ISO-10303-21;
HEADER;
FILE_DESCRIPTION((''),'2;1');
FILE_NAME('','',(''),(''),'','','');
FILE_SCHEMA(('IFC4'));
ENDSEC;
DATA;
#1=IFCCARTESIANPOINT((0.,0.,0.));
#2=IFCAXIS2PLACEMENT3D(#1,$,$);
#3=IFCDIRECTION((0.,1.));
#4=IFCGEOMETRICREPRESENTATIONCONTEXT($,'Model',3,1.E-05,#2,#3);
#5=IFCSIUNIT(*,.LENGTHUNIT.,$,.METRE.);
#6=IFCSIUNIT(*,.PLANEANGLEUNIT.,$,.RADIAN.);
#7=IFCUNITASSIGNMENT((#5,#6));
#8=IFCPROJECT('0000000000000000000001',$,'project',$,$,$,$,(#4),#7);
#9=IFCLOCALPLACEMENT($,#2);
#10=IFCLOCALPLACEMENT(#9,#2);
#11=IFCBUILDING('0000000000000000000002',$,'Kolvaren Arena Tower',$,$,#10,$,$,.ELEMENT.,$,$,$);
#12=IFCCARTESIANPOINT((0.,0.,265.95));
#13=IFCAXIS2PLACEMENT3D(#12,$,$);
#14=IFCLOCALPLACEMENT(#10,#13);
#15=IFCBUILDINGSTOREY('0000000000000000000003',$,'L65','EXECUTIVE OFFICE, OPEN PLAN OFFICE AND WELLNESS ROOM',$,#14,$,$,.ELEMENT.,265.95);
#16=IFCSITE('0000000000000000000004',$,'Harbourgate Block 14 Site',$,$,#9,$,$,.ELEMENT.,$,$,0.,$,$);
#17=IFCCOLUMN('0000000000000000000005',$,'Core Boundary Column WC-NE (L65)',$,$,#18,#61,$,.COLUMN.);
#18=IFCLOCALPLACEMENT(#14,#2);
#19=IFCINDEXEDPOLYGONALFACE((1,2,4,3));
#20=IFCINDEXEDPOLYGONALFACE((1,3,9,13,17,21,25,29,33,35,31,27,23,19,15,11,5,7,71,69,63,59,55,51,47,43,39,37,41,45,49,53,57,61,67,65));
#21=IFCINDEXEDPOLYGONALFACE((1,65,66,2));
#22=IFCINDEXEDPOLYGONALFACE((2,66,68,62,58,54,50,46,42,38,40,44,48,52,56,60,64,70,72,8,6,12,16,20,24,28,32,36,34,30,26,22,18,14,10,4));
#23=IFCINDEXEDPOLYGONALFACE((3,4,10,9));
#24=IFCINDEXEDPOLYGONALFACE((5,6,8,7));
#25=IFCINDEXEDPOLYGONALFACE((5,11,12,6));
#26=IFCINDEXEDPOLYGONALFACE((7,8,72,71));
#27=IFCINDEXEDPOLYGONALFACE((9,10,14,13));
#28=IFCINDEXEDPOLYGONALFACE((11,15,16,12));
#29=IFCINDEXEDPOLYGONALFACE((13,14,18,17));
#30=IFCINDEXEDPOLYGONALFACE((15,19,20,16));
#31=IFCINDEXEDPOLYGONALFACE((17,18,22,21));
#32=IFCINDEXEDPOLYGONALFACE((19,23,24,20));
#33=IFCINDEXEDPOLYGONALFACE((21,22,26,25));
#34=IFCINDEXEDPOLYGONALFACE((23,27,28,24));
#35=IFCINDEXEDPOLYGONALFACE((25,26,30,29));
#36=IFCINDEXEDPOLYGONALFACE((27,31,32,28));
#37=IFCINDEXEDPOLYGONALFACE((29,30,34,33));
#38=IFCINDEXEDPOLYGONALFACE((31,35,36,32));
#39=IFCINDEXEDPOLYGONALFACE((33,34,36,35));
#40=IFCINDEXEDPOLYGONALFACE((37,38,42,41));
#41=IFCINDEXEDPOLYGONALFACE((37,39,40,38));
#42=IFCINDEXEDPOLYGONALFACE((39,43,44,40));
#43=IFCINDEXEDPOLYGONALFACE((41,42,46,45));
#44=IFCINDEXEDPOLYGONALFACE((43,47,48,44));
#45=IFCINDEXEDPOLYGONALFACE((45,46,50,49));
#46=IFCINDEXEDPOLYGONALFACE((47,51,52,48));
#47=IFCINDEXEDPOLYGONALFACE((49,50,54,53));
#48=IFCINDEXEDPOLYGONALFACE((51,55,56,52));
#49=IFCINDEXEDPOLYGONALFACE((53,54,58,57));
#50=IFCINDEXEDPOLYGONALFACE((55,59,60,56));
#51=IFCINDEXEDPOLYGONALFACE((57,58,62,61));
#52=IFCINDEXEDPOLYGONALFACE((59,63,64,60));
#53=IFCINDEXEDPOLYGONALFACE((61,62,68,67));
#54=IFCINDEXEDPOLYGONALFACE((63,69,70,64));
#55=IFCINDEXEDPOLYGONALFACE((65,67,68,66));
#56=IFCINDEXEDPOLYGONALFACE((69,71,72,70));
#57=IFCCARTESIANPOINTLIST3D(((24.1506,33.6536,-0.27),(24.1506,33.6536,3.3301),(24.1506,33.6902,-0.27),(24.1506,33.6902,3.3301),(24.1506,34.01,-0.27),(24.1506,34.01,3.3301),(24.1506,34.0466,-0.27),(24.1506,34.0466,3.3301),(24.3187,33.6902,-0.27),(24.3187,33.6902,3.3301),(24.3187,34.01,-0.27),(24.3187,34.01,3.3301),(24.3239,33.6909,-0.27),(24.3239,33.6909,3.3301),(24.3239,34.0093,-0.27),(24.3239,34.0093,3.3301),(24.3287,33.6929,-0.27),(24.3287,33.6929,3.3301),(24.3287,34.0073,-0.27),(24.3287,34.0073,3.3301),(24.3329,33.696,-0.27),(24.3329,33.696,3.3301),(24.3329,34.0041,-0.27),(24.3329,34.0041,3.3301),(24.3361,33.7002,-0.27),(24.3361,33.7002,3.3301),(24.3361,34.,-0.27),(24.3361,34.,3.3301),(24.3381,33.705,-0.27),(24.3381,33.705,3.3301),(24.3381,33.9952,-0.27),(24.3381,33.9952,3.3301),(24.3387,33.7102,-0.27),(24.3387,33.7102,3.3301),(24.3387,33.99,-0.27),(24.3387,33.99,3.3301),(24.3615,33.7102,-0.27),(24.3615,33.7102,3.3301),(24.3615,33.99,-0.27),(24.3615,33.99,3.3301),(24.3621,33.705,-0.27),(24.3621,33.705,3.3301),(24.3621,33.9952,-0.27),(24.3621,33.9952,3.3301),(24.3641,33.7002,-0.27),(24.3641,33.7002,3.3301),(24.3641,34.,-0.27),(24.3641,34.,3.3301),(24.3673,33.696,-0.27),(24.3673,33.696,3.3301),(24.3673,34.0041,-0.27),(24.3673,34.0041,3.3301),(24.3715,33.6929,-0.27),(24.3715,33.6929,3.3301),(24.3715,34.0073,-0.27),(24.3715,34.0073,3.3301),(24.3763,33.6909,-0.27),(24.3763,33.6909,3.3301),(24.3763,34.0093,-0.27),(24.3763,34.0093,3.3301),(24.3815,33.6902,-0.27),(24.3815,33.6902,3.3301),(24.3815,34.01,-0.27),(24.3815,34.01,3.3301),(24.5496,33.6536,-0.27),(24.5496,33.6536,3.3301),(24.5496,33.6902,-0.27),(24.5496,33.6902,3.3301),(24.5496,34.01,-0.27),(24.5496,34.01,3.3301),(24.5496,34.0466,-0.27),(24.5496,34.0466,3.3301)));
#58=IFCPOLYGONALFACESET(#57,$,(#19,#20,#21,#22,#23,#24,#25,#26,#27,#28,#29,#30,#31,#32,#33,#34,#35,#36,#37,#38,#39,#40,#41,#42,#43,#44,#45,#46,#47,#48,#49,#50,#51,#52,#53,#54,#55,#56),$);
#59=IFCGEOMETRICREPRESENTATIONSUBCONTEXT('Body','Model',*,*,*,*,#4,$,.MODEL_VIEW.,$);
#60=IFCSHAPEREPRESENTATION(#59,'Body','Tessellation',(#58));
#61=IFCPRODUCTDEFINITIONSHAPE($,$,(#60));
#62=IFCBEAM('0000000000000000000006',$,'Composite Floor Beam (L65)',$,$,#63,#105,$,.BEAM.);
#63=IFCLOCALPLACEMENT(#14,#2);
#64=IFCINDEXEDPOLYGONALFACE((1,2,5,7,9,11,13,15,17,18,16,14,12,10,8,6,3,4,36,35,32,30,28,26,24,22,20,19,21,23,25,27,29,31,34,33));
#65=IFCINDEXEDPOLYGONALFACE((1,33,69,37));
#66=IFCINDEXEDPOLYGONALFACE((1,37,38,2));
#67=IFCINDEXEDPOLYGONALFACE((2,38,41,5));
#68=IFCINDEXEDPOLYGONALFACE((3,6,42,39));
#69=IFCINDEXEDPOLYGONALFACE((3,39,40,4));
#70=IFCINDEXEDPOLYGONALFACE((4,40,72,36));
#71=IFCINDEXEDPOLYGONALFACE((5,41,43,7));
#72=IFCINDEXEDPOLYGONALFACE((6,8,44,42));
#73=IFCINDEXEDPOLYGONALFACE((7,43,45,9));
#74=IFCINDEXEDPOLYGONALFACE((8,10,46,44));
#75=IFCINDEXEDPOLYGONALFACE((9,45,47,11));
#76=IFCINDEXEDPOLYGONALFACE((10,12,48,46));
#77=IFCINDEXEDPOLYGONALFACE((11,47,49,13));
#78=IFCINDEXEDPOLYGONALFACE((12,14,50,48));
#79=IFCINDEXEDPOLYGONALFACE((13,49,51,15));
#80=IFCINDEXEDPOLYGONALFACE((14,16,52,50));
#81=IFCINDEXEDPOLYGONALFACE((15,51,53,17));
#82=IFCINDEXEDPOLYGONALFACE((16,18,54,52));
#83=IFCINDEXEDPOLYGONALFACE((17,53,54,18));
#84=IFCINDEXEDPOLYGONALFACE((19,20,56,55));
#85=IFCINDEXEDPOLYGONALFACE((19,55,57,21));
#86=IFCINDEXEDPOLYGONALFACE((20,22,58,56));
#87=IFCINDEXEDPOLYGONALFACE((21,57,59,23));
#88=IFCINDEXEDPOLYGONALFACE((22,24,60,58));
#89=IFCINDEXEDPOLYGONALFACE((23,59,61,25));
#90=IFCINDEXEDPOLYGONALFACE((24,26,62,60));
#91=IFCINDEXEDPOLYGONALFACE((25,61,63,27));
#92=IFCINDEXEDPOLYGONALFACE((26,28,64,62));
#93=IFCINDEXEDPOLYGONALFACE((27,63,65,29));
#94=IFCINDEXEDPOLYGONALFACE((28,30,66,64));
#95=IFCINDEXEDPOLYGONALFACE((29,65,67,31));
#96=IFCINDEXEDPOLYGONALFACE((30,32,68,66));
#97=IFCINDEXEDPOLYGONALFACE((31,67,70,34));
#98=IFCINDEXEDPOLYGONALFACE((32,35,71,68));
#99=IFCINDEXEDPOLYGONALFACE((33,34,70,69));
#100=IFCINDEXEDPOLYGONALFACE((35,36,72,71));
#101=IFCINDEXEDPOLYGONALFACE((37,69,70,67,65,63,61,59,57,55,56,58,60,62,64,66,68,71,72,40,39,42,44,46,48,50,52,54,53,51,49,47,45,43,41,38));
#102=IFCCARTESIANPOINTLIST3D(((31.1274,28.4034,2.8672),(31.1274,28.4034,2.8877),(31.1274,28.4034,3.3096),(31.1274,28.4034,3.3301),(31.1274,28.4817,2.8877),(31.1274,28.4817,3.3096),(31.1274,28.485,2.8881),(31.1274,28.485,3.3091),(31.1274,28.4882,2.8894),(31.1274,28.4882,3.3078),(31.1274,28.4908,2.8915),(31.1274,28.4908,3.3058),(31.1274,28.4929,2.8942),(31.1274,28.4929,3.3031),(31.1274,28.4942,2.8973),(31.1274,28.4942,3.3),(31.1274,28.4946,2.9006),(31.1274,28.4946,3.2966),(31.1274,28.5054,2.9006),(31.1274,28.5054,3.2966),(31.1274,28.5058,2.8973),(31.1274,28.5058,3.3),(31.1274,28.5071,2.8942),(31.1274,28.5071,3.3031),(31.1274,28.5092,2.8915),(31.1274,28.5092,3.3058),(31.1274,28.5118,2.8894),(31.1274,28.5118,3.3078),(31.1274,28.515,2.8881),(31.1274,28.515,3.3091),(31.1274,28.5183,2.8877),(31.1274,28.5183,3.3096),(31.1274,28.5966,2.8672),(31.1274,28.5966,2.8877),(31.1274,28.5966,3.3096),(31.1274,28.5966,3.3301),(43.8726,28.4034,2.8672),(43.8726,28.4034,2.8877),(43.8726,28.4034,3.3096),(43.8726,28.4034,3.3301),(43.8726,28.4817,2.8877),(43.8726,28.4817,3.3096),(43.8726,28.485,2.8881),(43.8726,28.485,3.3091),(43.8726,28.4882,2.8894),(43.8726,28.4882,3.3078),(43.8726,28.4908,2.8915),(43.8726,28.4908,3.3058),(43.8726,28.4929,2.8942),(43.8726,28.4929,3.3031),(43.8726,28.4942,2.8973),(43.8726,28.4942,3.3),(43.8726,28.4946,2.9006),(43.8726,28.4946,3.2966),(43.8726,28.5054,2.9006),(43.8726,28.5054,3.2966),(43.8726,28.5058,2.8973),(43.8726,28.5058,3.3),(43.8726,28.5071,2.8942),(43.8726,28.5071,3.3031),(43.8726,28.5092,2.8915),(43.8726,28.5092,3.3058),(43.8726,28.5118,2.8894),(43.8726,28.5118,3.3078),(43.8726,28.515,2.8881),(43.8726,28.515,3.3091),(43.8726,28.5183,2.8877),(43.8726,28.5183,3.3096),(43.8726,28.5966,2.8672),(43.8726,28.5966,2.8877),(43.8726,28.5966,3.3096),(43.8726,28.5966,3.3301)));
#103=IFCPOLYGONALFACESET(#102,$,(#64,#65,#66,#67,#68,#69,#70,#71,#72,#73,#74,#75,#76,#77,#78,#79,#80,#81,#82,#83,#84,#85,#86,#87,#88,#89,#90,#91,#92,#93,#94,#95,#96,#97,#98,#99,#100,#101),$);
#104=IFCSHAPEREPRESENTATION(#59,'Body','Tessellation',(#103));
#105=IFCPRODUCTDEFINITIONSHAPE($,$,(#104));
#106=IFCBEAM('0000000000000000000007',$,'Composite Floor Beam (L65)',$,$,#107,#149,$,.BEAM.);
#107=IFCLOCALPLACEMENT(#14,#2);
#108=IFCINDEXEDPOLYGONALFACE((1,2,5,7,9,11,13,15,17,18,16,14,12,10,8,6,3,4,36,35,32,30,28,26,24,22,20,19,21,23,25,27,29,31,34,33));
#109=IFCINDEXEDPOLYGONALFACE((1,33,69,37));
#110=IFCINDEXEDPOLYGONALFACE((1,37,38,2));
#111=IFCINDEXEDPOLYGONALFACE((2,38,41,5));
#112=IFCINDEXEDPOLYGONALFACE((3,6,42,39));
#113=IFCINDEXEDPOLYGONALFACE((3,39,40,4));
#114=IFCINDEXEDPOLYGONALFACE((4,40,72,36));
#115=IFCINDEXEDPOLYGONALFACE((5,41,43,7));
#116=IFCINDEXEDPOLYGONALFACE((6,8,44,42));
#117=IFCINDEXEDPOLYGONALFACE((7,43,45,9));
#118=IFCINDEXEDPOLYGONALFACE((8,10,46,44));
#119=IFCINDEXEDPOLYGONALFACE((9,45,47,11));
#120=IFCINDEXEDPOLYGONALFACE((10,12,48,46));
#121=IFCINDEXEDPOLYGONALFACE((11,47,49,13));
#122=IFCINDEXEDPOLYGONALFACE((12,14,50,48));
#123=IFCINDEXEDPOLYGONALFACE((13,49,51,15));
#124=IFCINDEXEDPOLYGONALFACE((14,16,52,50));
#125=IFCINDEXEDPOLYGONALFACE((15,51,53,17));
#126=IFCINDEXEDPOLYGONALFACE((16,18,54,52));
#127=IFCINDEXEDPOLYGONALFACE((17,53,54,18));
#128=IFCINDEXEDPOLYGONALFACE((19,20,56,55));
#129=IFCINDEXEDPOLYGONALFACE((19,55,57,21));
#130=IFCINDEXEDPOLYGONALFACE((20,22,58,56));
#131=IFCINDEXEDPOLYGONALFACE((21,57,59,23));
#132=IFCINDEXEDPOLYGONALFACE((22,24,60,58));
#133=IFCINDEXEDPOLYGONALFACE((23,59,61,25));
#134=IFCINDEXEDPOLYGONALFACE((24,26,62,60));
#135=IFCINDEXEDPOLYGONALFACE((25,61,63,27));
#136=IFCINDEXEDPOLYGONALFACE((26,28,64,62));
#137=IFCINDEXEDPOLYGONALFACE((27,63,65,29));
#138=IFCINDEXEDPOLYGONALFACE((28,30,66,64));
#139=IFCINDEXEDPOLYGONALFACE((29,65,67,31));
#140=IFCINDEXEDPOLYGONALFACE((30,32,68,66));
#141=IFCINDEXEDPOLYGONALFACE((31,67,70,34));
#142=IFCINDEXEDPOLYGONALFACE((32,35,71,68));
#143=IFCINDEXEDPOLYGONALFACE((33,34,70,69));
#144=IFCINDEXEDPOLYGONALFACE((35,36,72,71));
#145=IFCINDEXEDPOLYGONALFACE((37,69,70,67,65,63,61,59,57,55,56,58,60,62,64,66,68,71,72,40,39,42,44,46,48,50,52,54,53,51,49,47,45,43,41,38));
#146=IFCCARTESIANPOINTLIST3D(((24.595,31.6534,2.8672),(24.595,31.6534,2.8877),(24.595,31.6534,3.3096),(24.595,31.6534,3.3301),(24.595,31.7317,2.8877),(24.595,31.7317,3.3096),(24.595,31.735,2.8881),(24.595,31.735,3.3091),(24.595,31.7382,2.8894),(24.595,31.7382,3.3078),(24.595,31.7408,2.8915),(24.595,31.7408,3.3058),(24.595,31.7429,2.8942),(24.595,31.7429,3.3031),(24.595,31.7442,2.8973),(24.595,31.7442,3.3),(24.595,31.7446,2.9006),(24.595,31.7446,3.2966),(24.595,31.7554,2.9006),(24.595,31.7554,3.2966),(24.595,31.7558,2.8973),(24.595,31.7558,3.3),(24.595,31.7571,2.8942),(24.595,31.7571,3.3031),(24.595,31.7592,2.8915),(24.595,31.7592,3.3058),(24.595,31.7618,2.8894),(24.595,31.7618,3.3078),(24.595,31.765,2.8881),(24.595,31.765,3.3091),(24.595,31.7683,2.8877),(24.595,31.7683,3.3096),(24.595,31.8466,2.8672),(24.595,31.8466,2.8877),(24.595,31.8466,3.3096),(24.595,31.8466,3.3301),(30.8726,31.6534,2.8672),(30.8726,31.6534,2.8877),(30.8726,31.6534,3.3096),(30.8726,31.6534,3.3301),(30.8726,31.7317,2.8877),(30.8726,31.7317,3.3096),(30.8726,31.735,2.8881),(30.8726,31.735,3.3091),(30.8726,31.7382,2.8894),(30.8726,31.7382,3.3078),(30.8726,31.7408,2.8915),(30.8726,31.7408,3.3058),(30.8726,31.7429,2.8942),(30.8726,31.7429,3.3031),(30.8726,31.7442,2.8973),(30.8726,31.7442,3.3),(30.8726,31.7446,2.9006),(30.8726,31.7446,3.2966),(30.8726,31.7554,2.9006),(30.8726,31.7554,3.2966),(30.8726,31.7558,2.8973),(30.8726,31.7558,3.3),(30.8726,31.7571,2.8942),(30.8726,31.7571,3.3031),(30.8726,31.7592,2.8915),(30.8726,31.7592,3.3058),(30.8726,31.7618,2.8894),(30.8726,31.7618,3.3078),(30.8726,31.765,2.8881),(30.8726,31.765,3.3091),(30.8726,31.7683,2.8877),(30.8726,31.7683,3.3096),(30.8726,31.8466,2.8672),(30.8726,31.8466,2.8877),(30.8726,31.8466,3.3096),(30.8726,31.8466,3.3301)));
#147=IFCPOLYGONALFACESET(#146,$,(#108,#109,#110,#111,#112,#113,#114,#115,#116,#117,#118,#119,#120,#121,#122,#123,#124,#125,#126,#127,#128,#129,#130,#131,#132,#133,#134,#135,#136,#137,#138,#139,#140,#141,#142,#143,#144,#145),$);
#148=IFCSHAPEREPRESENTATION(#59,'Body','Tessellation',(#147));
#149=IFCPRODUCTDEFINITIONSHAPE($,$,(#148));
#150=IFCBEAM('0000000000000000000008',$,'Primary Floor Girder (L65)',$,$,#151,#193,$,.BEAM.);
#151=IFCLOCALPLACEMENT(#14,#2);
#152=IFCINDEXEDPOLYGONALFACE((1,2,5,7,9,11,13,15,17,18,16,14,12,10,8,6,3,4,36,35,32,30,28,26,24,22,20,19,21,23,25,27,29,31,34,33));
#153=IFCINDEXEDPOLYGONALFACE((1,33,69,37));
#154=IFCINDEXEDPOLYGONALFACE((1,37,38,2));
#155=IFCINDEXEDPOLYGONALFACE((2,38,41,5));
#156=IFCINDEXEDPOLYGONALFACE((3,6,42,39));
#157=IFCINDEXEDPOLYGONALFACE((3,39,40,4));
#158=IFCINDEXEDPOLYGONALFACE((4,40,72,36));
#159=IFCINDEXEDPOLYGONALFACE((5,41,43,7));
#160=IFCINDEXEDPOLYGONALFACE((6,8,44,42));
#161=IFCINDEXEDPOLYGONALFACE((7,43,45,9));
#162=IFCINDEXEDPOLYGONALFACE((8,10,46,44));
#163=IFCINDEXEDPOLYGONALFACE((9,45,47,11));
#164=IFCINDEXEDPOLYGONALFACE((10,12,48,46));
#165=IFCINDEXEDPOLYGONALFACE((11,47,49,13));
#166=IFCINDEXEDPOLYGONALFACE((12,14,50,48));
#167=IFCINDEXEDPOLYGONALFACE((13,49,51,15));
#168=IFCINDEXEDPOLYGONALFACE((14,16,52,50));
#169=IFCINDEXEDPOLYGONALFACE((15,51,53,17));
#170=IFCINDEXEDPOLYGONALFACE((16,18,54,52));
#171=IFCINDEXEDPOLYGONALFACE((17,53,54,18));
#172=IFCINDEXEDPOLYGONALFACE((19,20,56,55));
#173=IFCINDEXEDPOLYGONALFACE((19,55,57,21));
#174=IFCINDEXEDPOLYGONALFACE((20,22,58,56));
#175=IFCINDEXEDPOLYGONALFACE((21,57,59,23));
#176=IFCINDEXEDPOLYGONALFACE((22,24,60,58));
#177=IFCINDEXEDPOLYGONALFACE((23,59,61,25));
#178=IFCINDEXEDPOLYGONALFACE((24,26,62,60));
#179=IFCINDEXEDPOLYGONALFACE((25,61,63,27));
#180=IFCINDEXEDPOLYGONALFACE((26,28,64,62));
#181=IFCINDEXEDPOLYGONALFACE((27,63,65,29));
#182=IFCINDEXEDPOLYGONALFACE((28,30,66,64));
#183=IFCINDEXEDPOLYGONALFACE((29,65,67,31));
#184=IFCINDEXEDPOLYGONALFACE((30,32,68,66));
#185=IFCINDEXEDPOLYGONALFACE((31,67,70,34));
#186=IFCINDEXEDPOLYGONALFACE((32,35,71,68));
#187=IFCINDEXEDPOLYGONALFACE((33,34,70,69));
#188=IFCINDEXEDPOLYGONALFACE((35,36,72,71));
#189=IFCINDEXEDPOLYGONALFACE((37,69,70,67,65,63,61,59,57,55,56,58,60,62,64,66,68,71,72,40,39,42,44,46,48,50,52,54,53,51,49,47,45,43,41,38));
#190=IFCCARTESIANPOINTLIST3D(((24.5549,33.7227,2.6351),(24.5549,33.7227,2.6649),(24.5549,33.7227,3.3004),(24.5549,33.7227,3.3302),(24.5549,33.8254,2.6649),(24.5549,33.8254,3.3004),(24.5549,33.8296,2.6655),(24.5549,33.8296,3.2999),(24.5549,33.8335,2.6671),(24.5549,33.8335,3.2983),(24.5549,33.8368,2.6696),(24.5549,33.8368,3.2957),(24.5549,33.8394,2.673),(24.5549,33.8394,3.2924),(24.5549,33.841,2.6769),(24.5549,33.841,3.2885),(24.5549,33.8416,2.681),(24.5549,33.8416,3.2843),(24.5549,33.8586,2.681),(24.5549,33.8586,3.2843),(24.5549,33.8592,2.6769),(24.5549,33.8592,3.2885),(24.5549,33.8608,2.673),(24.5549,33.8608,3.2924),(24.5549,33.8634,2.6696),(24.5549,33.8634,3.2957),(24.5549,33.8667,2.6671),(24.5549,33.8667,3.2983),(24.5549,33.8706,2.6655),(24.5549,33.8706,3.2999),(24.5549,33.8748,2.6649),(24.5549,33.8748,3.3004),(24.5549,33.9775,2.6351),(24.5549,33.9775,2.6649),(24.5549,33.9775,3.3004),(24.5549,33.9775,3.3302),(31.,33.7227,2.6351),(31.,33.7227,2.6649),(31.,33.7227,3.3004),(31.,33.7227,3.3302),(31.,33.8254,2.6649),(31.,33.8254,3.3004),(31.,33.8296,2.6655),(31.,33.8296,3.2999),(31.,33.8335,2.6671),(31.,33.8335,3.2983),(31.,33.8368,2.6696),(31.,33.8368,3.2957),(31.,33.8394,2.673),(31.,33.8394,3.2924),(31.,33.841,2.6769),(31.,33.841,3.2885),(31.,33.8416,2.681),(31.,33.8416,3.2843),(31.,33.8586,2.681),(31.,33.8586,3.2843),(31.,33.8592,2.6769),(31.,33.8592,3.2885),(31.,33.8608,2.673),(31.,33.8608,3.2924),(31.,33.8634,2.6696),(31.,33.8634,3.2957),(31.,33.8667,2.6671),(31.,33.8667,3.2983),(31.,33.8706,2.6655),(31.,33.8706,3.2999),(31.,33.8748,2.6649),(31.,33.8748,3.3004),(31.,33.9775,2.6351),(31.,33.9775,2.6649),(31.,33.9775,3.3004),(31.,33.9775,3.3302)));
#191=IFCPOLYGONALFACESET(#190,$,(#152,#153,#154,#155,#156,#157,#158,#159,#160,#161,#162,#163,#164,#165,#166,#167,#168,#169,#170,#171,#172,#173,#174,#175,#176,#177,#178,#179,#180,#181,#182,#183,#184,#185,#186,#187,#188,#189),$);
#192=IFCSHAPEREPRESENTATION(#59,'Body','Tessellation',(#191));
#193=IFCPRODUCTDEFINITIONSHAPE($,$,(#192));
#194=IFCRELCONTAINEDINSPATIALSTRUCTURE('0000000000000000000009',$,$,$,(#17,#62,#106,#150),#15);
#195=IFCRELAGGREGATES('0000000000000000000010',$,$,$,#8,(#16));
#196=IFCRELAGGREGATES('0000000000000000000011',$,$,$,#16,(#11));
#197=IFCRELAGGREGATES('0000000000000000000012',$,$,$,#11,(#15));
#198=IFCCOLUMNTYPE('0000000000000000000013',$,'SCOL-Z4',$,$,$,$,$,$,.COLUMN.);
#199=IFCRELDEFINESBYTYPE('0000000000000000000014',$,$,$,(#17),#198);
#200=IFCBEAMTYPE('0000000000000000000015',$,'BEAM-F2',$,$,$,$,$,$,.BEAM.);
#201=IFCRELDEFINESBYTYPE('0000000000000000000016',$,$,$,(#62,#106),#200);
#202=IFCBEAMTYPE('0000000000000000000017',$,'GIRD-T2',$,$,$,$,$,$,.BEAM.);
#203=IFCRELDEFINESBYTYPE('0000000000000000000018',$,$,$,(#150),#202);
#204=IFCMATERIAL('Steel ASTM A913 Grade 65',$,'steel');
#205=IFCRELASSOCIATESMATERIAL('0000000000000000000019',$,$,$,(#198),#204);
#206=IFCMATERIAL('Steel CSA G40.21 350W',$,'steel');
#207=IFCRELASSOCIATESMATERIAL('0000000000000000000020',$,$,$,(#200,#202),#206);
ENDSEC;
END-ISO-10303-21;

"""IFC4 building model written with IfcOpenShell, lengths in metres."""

from ifc_helpers import new_model, si_unit, direction, frame, origin, origin_2d, place, context, subcontext, project, spatial, i_section, extrude, material, material_profile, profile_set, type_object, element, save


model = new_model("IFC4")

# Units and contexts
model_context = context("Model", 3, precision=1e-05, world=origin(), true_north=direction((0.0, 1.0)))
body_context = subcontext(model_context, "Body", "Model", "MODEL_VIEW")
ifc_project = project(units=[si_unit("LENGTHUNIT", "METRE"), si_unit("PLANEANGLEUNIT", "RADIAN")], contexts=[model_context])

# Site, building, storey
site_placement = place(None, origin())
site = spatial("IfcSite", under=ifc_project, at=site_placement, Name="Harbourgate Block 14 Site", CompositionType="ELEMENT", RefElevation=0.0)
building_placement = place(site_placement, origin())
building = spatial("IfcBuilding", under=site, at=building_placement, Name="Kolvaren Arena Tower", CompositionType="ELEMENT")
storey_placement = place(building_placement, frame((0.0, 0.0, 265.95)))
storey = spatial("IfcBuildingStorey", under=building, at=storey_placement, Name="L65", Description="EXECUTIVE OFFICE, OPEN PLAN OFFICE AND WELLNESS ROOM", CompositionType="ELEMENT", Elevation=265.95)

# Column
ifc_material_1 = material(Name="Steel ASTM A913 Grade 65", Category="steel")
ifc_material_profile_1 = material_profile(ifc_material_1, i_section(OverallWidth=0.3989, OverallDepth=0.3931, WebThickness=0.0227, FlangeThickness=0.0366, FilletRadius=0.02, at=origin_2d()), Name="W360x287")
ifc_profile_set_1 = profile_set([ifc_material_profile_1], Name="Steel ASTM A913 Grade 65")
column_type = type_object("IfcColumnType", Name="SCOL-Z4", PredefinedType="COLUMN", material=ifc_profile_set_1)
column_placement = place(storey_placement, frame((24.3501, 33.8501, -0.27), z_axis=(0.0, 0.0, 1.0), x_axis=(1.0, 0.0, 0.0)))
element("IfcColumn", 1, at=column_placement, inside=storey, type_object=column_type, Name="Core Boundary Column WC-NE (L65)", PredefinedType="COLUMN", context=body_context, shape_type="SweptSolid", body=[
    extrude(i_section(OverallWidth=0.3989, OverallDepth=0.3931, WebThickness=0.0227, FlangeThickness=0.0366, FilletRadius=0.02, at=origin_2d()), origin(), (0.0, 0.0, 1.0), 3.6001),
])

# Beams
ifc_material_2 = material(Name="Steel CSA G40.21 350W", Category="steel")
ifc_material_profile_2 = material_profile(ifc_material_2, i_section(OverallWidth=0.1931, OverallDepth=0.4629, WebThickness=0.0107, FlangeThickness=0.0205, FilletRadius=0.0129, at=origin_2d()), Name="W460x113")
ifc_profile_set_2 = profile_set([ifc_material_profile_2], Name="Steel CSA G40.21 350W")
beam_type_1 = type_object("IfcBeamType", Name="BEAM-F2", PredefinedType="BEAM", material=ifc_profile_set_2)
beam_1_placement = place(storey_placement, frame((31.1274, 28.5, 3.0986), z_axis=(1.0, 0.0, 0.0), x_axis=(0.0, 1.0, 0.0)))
element("IfcBeam", 2, at=beam_1_placement, inside=storey, type_object=beam_type_1, Name="Composite Floor Beam (L65)", PredefinedType="BEAM", context=body_context, shape_type="SweptSolid", body=[
    extrude(i_section(OverallWidth=0.1931, OverallDepth=0.4629, WebThickness=0.0107, FlangeThickness=0.0205, FilletRadius=0.0129, at=origin_2d()), origin(), (0.0, 0.0, 1.0), 12.7451),
])
beam_2_placement = place(storey_placement, frame((24.595, 31.75, 3.0986), z_axis=(1.0, 0.0, 0.0), x_axis=(0.0, 1.0, 0.0)))
element("IfcBeam", 3, at=beam_2_placement, inside=storey, type_object=beam_type_1, Name="Composite Floor Beam (L65)", PredefinedType="BEAM", context=body_context, shape_type="SweptSolid", body=[
    extrude(i_section(OverallWidth=0.1931, OverallDepth=0.4629, WebThickness=0.0107, FlangeThickness=0.0205, FilletRadius=0.0129, at=origin_2d()), origin(), (0.0, 0.0, 1.0), 6.2776),
])
ifc_material_profile_3 = material_profile(ifc_material_2, i_section(OverallWidth=0.2549, OverallDepth=0.6951, WebThickness=0.0171, FlangeThickness=0.0298, FilletRadius=0.0161, at=origin_2d()), Name="W690x217")
ifc_profile_set_3 = profile_set([ifc_material_profile_3], Name="Steel CSA G40.21 350W")
beam_type_2 = type_object("IfcBeamType", Name="GIRD-T2", PredefinedType="BEAM", material=ifc_profile_set_3)
beam_3_placement = place(storey_placement, frame((24.5549, 33.8501, 2.9827), z_axis=(1.0, 0.0, 0.0), x_axis=(0.0, 1.0, 0.0)))
element("IfcBeam", 4, at=beam_3_placement, inside=storey, type_object=beam_type_2, Name="Primary Floor Girder (L65)", PredefinedType="BEAM", context=body_context, shape_type="SweptSolid", body=[
    extrude(i_section(OverallWidth=0.2549, OverallDepth=0.6951, WebThickness=0.0171, FlangeThickness=0.0298, FilletRadius=0.0161, at=origin_2d()), origin(), (0.0, 0.0, 1.0), 6.4451),
])

save(model, "model.ifc")
